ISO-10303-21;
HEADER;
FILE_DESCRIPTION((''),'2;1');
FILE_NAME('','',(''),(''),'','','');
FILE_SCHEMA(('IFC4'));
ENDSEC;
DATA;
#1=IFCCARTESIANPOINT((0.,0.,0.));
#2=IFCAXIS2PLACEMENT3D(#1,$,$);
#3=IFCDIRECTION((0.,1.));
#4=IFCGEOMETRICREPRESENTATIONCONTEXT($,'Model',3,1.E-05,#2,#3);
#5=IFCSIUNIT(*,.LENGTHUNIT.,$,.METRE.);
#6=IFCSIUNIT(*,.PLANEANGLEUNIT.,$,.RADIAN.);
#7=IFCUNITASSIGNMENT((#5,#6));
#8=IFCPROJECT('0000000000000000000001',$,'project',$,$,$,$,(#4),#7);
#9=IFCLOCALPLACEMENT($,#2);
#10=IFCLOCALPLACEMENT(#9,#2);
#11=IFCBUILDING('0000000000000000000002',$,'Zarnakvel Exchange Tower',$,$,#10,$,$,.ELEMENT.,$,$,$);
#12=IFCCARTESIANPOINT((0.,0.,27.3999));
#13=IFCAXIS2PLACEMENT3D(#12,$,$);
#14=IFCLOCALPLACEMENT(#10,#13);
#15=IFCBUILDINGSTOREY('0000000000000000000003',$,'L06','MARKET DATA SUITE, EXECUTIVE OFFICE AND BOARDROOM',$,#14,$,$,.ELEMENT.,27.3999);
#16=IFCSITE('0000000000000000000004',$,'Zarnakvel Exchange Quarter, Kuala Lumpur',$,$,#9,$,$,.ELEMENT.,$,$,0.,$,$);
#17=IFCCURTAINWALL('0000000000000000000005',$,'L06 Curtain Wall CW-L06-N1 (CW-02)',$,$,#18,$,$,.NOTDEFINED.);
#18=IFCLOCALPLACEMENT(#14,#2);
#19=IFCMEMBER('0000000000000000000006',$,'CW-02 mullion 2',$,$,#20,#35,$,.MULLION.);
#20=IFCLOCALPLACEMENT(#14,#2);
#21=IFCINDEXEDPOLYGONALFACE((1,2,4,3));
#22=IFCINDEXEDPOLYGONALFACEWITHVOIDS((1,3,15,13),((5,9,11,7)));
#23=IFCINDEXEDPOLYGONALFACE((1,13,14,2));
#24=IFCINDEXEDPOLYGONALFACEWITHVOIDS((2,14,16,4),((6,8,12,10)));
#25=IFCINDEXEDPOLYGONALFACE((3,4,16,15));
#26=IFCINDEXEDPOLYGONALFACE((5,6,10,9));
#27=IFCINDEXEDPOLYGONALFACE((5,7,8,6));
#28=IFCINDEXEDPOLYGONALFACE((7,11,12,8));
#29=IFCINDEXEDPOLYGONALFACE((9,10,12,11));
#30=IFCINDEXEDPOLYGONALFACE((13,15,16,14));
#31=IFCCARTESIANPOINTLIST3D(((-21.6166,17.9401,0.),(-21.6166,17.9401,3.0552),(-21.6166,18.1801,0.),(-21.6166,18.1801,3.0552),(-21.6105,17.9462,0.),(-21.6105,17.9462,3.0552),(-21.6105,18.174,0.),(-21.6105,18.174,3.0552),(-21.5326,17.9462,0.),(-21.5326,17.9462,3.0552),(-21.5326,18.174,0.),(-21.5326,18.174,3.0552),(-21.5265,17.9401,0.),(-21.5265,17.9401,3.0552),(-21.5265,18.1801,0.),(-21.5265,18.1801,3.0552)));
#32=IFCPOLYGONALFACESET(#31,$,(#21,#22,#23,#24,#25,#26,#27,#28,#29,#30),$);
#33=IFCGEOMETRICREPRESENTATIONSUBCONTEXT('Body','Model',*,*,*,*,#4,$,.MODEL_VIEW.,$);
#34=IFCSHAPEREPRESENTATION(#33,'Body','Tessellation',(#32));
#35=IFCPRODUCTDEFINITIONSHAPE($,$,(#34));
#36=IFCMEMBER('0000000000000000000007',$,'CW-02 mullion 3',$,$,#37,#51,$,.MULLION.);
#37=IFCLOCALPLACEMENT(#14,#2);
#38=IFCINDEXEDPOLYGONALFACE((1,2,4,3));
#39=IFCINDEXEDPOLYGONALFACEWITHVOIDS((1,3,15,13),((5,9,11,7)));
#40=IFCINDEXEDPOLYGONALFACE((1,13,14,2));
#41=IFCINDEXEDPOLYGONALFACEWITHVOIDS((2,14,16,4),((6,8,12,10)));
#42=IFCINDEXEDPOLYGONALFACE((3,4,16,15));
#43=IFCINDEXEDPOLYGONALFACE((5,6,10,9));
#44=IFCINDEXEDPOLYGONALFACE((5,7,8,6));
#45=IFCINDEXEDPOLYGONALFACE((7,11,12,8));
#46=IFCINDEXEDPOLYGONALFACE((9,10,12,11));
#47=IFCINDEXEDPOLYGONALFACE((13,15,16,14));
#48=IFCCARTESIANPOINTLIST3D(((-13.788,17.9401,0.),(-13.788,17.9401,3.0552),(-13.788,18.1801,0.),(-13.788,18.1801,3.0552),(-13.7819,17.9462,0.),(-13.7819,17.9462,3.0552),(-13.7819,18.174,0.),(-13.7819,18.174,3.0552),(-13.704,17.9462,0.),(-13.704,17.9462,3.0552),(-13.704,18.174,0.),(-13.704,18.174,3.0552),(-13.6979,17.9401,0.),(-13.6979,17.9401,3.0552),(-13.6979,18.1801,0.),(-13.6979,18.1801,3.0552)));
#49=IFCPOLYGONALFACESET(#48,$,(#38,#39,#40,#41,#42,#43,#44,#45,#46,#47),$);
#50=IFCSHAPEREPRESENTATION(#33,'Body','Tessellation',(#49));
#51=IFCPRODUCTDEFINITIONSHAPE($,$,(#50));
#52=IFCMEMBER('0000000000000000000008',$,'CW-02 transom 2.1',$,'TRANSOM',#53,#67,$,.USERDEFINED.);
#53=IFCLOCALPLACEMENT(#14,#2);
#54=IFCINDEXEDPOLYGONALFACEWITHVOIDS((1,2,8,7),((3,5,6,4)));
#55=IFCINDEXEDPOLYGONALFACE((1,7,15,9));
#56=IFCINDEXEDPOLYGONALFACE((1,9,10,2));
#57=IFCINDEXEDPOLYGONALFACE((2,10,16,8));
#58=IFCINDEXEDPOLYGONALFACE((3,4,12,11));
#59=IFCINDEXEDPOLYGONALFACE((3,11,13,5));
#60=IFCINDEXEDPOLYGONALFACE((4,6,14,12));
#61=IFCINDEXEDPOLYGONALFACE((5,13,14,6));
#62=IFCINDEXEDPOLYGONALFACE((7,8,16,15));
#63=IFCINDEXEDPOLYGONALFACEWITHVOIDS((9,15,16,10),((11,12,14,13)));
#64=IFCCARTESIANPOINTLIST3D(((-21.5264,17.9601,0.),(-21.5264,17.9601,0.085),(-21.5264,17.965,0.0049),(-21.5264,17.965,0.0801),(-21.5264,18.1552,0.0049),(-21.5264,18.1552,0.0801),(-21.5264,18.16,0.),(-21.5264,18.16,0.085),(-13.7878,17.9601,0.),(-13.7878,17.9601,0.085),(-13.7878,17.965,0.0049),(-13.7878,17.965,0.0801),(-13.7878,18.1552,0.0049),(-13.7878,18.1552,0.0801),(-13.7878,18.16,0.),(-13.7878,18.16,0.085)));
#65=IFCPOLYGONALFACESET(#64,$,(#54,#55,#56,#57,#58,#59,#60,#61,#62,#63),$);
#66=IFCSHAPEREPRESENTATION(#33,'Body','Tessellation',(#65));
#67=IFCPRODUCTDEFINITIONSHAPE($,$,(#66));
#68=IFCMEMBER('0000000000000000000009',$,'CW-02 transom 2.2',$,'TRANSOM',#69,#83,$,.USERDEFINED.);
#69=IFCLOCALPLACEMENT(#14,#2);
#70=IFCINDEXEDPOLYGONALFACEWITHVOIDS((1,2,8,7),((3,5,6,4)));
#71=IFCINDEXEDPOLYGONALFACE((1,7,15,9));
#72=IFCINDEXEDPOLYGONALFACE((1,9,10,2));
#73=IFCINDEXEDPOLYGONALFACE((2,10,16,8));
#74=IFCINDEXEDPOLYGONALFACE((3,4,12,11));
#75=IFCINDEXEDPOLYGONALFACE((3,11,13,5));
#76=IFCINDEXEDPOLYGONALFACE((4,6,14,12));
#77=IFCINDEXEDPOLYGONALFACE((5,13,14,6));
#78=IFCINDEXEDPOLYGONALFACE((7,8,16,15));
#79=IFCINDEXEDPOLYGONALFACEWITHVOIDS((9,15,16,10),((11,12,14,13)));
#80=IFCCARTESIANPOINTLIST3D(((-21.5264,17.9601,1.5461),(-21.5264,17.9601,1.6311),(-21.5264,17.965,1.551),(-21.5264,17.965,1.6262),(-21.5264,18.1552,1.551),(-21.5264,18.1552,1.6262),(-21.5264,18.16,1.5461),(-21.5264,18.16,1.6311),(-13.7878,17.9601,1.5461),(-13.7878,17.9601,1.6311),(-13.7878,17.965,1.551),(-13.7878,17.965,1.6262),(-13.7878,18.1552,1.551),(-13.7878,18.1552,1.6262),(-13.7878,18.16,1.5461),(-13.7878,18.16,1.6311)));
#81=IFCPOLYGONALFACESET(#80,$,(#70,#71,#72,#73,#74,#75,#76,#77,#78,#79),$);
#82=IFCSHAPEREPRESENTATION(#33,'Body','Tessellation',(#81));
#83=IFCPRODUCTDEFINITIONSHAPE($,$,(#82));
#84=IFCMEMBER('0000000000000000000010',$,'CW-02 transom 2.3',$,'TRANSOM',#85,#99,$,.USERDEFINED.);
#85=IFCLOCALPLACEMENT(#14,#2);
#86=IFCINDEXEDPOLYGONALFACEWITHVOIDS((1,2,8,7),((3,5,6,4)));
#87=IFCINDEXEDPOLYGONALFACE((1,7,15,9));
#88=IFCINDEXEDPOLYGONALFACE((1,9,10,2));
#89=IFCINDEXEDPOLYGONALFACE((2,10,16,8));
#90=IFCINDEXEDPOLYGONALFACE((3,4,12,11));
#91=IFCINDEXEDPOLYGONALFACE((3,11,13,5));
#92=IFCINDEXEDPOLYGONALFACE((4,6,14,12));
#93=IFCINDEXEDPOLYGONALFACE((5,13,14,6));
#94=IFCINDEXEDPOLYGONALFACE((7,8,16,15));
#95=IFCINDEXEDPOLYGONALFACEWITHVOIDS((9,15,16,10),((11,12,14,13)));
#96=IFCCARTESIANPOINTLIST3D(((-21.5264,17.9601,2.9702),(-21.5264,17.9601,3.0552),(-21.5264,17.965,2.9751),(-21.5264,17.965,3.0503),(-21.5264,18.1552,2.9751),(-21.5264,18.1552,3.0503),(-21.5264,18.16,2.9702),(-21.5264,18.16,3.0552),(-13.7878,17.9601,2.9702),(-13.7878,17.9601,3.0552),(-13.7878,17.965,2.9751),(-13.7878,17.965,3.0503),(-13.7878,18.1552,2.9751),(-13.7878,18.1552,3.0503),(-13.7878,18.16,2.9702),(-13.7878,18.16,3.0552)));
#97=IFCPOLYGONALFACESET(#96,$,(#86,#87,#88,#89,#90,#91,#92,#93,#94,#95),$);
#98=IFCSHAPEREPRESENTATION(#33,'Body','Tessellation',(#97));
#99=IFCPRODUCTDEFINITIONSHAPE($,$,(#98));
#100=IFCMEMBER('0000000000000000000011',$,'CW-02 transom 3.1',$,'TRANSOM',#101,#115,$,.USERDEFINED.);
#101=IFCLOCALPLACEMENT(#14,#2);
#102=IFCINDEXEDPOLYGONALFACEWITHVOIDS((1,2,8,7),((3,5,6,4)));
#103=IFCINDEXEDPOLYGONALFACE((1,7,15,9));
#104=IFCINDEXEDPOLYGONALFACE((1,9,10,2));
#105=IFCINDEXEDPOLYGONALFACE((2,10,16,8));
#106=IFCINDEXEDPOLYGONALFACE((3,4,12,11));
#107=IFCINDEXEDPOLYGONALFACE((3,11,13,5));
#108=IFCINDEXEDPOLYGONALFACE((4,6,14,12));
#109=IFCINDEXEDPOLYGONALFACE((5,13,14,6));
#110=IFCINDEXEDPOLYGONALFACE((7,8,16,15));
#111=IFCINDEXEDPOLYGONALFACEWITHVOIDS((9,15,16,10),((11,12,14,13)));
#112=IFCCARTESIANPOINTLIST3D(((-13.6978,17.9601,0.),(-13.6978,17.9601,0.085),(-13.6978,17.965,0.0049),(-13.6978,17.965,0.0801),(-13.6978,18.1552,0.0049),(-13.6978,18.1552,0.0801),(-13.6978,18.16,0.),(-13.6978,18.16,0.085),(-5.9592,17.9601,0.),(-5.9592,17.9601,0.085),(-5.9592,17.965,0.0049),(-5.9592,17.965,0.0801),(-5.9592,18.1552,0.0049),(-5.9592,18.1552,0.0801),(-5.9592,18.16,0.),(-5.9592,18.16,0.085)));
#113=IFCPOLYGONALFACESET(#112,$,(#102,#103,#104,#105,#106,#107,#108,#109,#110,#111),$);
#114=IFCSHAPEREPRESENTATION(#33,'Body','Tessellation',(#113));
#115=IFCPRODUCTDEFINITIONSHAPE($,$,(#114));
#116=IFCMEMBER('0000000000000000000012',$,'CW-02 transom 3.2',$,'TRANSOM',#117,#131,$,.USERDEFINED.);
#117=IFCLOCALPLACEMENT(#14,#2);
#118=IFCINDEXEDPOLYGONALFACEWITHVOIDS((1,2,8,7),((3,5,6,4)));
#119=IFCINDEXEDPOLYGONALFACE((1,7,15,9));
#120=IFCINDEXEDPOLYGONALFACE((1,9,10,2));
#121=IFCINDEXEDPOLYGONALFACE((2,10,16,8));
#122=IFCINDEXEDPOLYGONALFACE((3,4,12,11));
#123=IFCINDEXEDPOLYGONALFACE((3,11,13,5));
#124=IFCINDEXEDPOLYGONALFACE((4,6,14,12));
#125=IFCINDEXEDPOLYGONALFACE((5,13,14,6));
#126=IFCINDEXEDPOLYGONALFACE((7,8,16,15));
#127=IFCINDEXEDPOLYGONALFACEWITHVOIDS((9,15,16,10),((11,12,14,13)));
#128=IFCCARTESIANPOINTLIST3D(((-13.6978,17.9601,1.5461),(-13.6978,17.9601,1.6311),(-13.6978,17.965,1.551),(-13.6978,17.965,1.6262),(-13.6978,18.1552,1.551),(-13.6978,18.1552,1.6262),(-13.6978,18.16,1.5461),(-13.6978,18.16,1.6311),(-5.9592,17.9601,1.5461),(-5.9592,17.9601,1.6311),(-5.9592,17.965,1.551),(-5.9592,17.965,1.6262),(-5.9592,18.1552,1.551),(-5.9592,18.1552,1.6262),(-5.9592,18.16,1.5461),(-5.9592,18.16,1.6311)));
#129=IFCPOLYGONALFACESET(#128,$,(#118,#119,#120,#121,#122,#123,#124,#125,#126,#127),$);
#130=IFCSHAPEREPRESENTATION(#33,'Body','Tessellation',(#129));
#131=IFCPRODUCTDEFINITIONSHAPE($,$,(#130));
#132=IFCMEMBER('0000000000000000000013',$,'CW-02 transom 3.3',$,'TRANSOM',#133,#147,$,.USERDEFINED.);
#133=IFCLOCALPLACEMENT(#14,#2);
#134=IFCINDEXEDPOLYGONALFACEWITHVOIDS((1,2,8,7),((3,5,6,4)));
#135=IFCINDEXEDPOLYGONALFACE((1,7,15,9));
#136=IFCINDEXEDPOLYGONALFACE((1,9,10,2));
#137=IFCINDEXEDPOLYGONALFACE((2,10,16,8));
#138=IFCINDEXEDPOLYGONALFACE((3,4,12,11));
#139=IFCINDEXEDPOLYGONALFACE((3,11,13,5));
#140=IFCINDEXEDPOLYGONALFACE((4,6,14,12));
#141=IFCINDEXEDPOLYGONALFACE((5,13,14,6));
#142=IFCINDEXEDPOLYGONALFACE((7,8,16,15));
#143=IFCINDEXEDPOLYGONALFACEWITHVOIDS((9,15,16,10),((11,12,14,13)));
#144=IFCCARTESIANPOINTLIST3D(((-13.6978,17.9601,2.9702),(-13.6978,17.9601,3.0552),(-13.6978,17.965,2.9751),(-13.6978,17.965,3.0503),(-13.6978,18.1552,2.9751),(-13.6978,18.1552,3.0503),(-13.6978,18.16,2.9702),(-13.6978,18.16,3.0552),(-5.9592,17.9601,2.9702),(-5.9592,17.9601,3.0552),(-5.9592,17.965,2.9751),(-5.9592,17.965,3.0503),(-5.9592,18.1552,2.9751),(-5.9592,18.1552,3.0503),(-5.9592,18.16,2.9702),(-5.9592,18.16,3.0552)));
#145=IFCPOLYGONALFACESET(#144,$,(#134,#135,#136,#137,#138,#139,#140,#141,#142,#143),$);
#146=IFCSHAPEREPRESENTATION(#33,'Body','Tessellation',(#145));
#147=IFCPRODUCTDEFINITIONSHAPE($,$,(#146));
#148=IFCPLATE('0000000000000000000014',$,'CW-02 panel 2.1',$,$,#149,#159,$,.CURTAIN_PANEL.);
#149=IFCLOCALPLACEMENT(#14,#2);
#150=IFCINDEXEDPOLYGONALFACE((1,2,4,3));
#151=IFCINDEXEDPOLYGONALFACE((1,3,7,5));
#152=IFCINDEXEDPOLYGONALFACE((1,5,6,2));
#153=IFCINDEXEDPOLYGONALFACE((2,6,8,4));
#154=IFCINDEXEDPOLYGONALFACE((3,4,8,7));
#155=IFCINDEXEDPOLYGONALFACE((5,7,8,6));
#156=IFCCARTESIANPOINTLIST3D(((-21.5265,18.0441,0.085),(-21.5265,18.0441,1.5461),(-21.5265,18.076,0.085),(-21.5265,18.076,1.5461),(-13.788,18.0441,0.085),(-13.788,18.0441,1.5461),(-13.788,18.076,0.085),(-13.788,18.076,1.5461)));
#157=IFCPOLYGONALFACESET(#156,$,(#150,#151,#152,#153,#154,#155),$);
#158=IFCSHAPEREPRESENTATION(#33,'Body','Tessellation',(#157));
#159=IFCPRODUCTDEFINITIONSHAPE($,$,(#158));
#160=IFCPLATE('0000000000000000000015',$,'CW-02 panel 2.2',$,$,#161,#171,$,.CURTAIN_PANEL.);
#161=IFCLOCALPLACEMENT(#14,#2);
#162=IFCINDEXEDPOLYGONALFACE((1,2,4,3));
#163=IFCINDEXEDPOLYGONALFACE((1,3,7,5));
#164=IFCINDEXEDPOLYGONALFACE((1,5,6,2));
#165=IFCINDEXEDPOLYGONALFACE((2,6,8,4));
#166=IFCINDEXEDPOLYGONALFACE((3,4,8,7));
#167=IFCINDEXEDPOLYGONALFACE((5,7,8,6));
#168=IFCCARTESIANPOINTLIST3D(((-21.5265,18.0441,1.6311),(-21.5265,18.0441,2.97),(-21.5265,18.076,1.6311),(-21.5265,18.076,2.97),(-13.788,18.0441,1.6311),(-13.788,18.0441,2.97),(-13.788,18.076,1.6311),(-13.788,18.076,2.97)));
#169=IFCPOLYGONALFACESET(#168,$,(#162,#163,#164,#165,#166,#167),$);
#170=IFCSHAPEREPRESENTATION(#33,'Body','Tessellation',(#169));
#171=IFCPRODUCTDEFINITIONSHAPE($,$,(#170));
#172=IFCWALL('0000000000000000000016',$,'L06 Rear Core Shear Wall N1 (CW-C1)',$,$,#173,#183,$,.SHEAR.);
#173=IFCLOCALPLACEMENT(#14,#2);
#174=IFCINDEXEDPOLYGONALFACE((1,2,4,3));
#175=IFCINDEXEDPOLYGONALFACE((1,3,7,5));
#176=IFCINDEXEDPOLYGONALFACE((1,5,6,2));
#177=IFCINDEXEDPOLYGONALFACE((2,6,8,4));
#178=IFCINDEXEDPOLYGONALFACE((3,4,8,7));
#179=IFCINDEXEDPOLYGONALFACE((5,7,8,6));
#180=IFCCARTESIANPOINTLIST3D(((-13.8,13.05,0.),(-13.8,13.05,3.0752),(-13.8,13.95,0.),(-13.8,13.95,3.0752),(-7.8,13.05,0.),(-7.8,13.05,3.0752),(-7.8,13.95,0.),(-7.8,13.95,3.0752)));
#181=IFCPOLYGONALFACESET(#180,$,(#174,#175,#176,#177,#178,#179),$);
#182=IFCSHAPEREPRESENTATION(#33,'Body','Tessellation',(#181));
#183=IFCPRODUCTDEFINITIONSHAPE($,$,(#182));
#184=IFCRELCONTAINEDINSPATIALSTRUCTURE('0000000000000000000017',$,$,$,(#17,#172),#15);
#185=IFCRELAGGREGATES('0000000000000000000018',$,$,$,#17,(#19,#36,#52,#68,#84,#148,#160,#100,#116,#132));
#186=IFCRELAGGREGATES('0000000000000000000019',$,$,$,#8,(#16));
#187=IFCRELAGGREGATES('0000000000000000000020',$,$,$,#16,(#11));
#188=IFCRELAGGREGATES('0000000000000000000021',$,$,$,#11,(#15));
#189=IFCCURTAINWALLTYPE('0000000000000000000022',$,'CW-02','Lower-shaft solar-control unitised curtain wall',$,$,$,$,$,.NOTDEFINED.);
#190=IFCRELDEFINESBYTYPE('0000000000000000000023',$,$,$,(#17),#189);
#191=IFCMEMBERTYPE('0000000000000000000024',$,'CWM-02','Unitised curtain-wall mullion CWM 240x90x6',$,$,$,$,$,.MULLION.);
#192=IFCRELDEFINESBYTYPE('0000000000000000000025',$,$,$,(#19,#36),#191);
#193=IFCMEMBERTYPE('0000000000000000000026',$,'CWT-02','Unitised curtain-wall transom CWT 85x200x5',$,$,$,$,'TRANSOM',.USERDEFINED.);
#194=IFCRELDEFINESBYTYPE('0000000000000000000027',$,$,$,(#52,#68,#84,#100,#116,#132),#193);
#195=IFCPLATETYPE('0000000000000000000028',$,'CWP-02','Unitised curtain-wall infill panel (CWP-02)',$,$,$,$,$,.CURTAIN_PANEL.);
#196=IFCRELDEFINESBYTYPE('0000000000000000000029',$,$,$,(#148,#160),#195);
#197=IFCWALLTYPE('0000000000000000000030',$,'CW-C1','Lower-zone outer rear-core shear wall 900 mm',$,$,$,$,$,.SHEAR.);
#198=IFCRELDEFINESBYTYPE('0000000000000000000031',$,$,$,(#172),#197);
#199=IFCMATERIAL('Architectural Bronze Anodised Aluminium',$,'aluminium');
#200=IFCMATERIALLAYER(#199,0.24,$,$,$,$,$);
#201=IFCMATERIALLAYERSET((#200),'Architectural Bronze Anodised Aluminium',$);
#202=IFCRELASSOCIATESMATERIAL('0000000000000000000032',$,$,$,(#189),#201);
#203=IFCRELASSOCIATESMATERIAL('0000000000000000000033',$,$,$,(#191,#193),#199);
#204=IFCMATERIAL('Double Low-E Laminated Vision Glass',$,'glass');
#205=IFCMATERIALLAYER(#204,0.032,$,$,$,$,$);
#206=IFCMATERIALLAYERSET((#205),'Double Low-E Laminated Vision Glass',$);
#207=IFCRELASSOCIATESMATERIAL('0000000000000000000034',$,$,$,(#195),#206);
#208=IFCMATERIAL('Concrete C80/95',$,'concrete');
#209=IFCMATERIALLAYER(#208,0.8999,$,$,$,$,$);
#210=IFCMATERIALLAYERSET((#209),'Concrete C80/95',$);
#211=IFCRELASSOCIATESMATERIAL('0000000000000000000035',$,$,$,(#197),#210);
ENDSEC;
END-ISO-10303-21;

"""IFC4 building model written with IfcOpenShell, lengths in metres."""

from ifc_helpers import new_model, si_unit, direction, frame, frame_2d, origin, origin_2d, place, context, subcontext, project, spatial, rectangle, hollow_rectangle, extrude, source, transform, mapped, material, layer, layer_set, material_profile, profile_set, type_object, element, aggregate, save


model = new_model("IFC4")

# Units and contexts
model_context = context("Model", 3, precision=1e-05, world=origin(), true_north=direction((0.0, 1.0)))
body_context = subcontext(model_context, "Body", "Model", "MODEL_VIEW")
ifc_project = project(units=[si_unit("LENGTHUNIT", "METRE"), si_unit("PLANEANGLEUNIT", "RADIAN")], contexts=[model_context])

# Site, building, storey
site_placement = place(None, origin())
site = spatial("IfcSite", under=ifc_project, at=site_placement, Name="Zarnakvel Exchange Quarter, Kuala Lumpur", CompositionType="ELEMENT", RefElevation=0.0)
building_placement = place(site_placement, origin())
building = spatial("IfcBuilding", under=site, at=building_placement, Name="Zarnakvel Exchange Tower", CompositionType="ELEMENT")
storey_placement = place(building_placement, frame((0.0, 0.0, 27.3999)))
storey = spatial("IfcBuildingStorey", under=building, at=storey_placement, Name="L06", Description="MARKET DATA SUITE, EXECUTIVE OFFICE AND BOARDROOM", CompositionType="ELEMENT", Elevation=27.3999)

# Shared definitions
ifc_material_1 = material(Name="Concrete C80/95", Category="concrete")

# Curtain wall, members, plates
ifc_material_2 = material(Name="Architectural Bronze Anodised Aluminium", Category="aluminium")
ifc_layer_1 = layer(ifc_material_2, 0.24)
ifc_layer_set_1 = layer_set([ifc_layer_1], Name="Architectural Bronze Anodised Aluminium")
curtain_wall_type = type_object("IfcCurtainWallType", Name="CW-02", Description="Lower-shaft solar-control unitised curtain wall", PredefinedType="NOTDEFINED", material=ifc_layer_set_1)
curtain_wall_placement = place(storey_placement, origin())
curtain_wall = element("IfcCurtainWall", 1, at=curtain_wall_placement, inside=storey, type_object=curtain_wall_type, Name="L06 Curtain Wall CW-L06-N1 (CW-02)", PredefinedType="NOTDEFINED")
ifc_material_profile_1 = material_profile(ifc_material_2, hollow_rectangle(XDim=0.24, YDim=0.0901, WallThickness=0.0061, at=origin_2d()))
ifc_profile_set_1 = profile_set([ifc_material_profile_1], Name="Architectural Bronze Anodised Aluminium")
member_type_1 = type_object("IfcMemberType", Name="CWM-02", Description="Unitised curtain-wall mullion CWM 240x90x6", PredefinedType="MULLION", material=ifc_profile_set_1)
shared_shape_1 = source(origin(), body_context, "Body", "SweptSolid", [
    extrude(hollow_rectangle(XDim=0.24, YDim=0.0901, WallThickness=0.0061, at=origin_2d()), origin(), (0.0, 0.0, 1.0), 3.0552),
])
member_1_placement = place(storey_placement, frame((-21.5715, 18.0601, 0.0), z_axis=(0.0, 0.0, 1.0), x_axis=(0.0, 1.0, 0.0)))
member_1 = element("IfcMember", 2, at=member_1_placement, type_object=member_type_1, Name="CW-02 mullion 2", PredefinedType="MULLION", context=body_context, shape_type="MappedRepresentation", body=[
    mapped(shared_shape_1, transform((0.0, 0.0, 0.0), x_axis=(1.0, 0.0, 0.0), y_axis=(0.0, 1.0, 0.0), z_axis=(0.0, 0.0, 1.0), scale=1.0)),
])
member_2_placement = place(storey_placement, frame((-13.7429, 18.0601, 0.0), z_axis=(0.0, 0.0, 1.0), x_axis=(0.0, 1.0, 0.0)))
member_2 = element("IfcMember", 3, at=member_2_placement, type_object=member_type_1, Name="CW-02 mullion 3", PredefinedType="MULLION", context=body_context, shape_type="MappedRepresentation", body=[
    mapped(shared_shape_1, transform((0.0, 0.0, 0.0), x_axis=(1.0, 0.0, 0.0), y_axis=(0.0, 1.0, 0.0), z_axis=(0.0, 0.0, 1.0), scale=1.0)),
])
ifc_material_profile_2 = material_profile(ifc_material_2, hollow_rectangle(XDim=0.2, YDim=0.085, WallThickness=0.0049, at=origin_2d()))
ifc_profile_set_2 = profile_set([ifc_material_profile_2], Name="Architectural Bronze Anodised Aluminium")
member_type_2 = type_object("IfcMemberType", Name="CWT-02", Description="Unitised curtain-wall transom CWT 85x200x5", ElementType="TRANSOM", PredefinedType="USERDEFINED", material=ifc_profile_set_2)
shared_shape_2 = source(origin(), body_context, "Body", "SweptSolid", [
    extrude(hollow_rectangle(XDim=0.2, YDim=0.085, WallThickness=0.0049, at=origin_2d()), origin(), (0.0, 0.0, 1.0), 7.7385),
])
member_3_placement = place(storey_placement, frame((-21.5264, 18.0601, 0.0425), z_axis=(1.0, 0.0, 0.0), x_axis=(0.0, 1.0, 0.0)))
member_3 = element("IfcMember", 4, at=member_3_placement, type_object=member_type_2, Name="CW-02 transom 2.1", ObjectType="TRANSOM", PredefinedType="USERDEFINED", context=body_context, shape_type="MappedRepresentation", body=[
    mapped(shared_shape_2, transform((0.0, 0.0, 0.0), x_axis=(1.0, 0.0, 0.0), y_axis=(0.0, 1.0, 0.0), z_axis=(0.0, 0.0, 1.0), scale=1.0)),
])
member_4_placement = place(storey_placement, frame((-21.5264, 18.0601, 1.5886), z_axis=(1.0, 0.0, 0.0), x_axis=(0.0, 1.0, 0.0)))
member_4 = element("IfcMember", 5, at=member_4_placement, type_object=member_type_2, Name="CW-02 transom 2.2", ObjectType="TRANSOM", PredefinedType="USERDEFINED", context=body_context, shape_type="MappedRepresentation", body=[
    mapped(shared_shape_2, transform((0.0, 0.0, 0.0), x_axis=(1.0, 0.0, 0.0), y_axis=(0.0, 1.0, 0.0), z_axis=(0.0, 0.0, 1.0), scale=1.0)),
])
member_5_placement = place(storey_placement, frame((-21.5264, 18.0601, 3.0127), z_axis=(1.0, 0.0, 0.0), x_axis=(0.0, 1.0, 0.0)))
member_5 = element("IfcMember", 6, at=member_5_placement, type_object=member_type_2, Name="CW-02 transom 2.3", ObjectType="TRANSOM", PredefinedType="USERDEFINED", context=body_context, shape_type="MappedRepresentation", body=[
    mapped(shared_shape_2, transform((0.0, 0.0, 0.0), x_axis=(1.0, 0.0, 0.0), y_axis=(0.0, 1.0, 0.0), z_axis=(0.0, 0.0, 1.0), scale=1.0)),
])
member_6_placement = place(storey_placement, frame((-13.6978, 18.0601, 0.0425), z_axis=(1.0, 0.0, 0.0), x_axis=(0.0, 1.0, 0.0)))
member_6 = element("IfcMember", 7, at=member_6_placement, type_object=member_type_2, Name="CW-02 transom 3.1", ObjectType="TRANSOM", PredefinedType="USERDEFINED", context=body_context, shape_type="MappedRepresentation", body=[
    mapped(shared_shape_2, transform((0.0, 0.0, 0.0), x_axis=(1.0, 0.0, 0.0), y_axis=(0.0, 1.0, 0.0), z_axis=(0.0, 0.0, 1.0), scale=1.0)),
])
member_7_placement = place(storey_placement, frame((-13.6978, 18.0601, 1.5886), z_axis=(1.0, 0.0, 0.0), x_axis=(0.0, 1.0, 0.0)))
member_7 = element("IfcMember", 8, at=member_7_placement, type_object=member_type_2, Name="CW-02 transom 3.2", ObjectType="TRANSOM", PredefinedType="USERDEFINED", context=body_context, shape_type="MappedRepresentation", body=[
    mapped(shared_shape_2, transform((0.0, 0.0, 0.0), x_axis=(1.0, 0.0, 0.0), y_axis=(0.0, 1.0, 0.0), z_axis=(0.0, 0.0, 1.0), scale=1.0)),
])
member_8_placement = place(storey_placement, frame((-13.6978, 18.0601, 3.0127), z_axis=(1.0, 0.0, 0.0), x_axis=(0.0, 1.0, 0.0)))
member_8 = element("IfcMember", 9, at=member_8_placement, type_object=member_type_2, Name="CW-02 transom 3.3", ObjectType="TRANSOM", PredefinedType="USERDEFINED", context=body_context, shape_type="MappedRepresentation", body=[
    mapped(shared_shape_2, transform((0.0, 0.0, 0.0), x_axis=(1.0, 0.0, 0.0), y_axis=(0.0, 1.0, 0.0), z_axis=(0.0, 0.0, 1.0), scale=1.0)),
])
ifc_material_3 = material(Name="Double Low-E Laminated Vision Glass", Category="glass")
ifc_layer_2 = layer(ifc_material_3, 0.032)
ifc_layer_set_2 = layer_set([ifc_layer_2], Name="Double Low-E Laminated Vision Glass")
plate_type = type_object("IfcPlateType", Name="CWP-02", Description="Unitised curtain-wall infill panel (CWP-02)", PredefinedType="CURTAIN_PANEL", material=ifc_layer_set_2)
shared_shape_3 = source(origin(), body_context, "Body", "SweptSolid", [
    extrude(rectangle(XDim=7.7385, YDim=0.032, at=origin_2d()), origin(), (0.0, 0.0, 1.0), 1.4612),
])
plate_1_placement = place(storey_placement, frame((-17.6572, 18.0601, 0.085), z_axis=(0.0, 0.0, 1.0), x_axis=(1.0, 0.0, 0.0)))
plate_1 = element("IfcPlate", 10, at=plate_1_placement, type_object=plate_type, Name="CW-02 panel 2.1", PredefinedType="CURTAIN_PANEL", context=body_context, shape_type="MappedRepresentation", body=[
    mapped(shared_shape_3, transform((0.0, 0.0, 0.0), x_axis=(1.0, 0.0, 0.0), y_axis=(0.0, 1.0, 0.0), z_axis=(0.0, 0.0, 1.0), scale=1.0)),
])
shared_shape_4 = source(origin(), body_context, "Body", "SweptSolid", [
    extrude(rectangle(XDim=7.7385, YDim=0.032, at=origin_2d()), origin(), (0.0, 0.0, 1.0), 1.3389),
])
plate_2_placement = place(storey_placement, frame((-17.6572, 18.0601, 1.6311), z_axis=(0.0, 0.0, 1.0), x_axis=(1.0, 0.0, 0.0)))
plate_2 = element("IfcPlate", 11, at=plate_2_placement, type_object=plate_type, Name="CW-02 panel 2.2", PredefinedType="CURTAIN_PANEL", context=body_context, shape_type="MappedRepresentation", body=[
    mapped(shared_shape_4, transform((0.0, 0.0, 0.0), x_axis=(1.0, 0.0, 0.0), y_axis=(0.0, 1.0, 0.0), z_axis=(0.0, 0.0, 1.0), scale=1.0)),
])
aggregate(curtain_wall, [member_1, member_2, member_3, member_4, member_5, plate_1, plate_2, member_6, member_7, member_8])

# Wall
ifc_layer_3 = layer(ifc_material_1, 0.8999)
ifc_layer_set_3 = layer_set([ifc_layer_3], Name="Concrete C80/95")
wall_type_1 = type_object("IfcWallType", Name="CW-C1", Description="Lower-zone outer rear-core shear wall 900 mm", PredefinedType="SHEAR", material=ifc_layer_set_3)
wall_1_placement = place(storey_placement, frame((-13.8, 13.5, 0.0), z_axis=(0.0, 0.0, 1.0), x_axis=(1.0, 0.0, 0.0)))
element("IfcWall", 12, at=wall_1_placement, inside=storey, type_object=wall_type_1, Name="L06 Rear Core Shear Wall N1 (CW-C1)", PredefinedType="SHEAR", context=body_context, shape_type="SweptSolid", body=[
    extrude(rectangle(XDim=6.0, YDim=0.8999, at=frame_2d((3.0, 0.0))), origin(), (0.0, 0.0, 1.0), 3.0752),
])

save(model, "model.ifc")
